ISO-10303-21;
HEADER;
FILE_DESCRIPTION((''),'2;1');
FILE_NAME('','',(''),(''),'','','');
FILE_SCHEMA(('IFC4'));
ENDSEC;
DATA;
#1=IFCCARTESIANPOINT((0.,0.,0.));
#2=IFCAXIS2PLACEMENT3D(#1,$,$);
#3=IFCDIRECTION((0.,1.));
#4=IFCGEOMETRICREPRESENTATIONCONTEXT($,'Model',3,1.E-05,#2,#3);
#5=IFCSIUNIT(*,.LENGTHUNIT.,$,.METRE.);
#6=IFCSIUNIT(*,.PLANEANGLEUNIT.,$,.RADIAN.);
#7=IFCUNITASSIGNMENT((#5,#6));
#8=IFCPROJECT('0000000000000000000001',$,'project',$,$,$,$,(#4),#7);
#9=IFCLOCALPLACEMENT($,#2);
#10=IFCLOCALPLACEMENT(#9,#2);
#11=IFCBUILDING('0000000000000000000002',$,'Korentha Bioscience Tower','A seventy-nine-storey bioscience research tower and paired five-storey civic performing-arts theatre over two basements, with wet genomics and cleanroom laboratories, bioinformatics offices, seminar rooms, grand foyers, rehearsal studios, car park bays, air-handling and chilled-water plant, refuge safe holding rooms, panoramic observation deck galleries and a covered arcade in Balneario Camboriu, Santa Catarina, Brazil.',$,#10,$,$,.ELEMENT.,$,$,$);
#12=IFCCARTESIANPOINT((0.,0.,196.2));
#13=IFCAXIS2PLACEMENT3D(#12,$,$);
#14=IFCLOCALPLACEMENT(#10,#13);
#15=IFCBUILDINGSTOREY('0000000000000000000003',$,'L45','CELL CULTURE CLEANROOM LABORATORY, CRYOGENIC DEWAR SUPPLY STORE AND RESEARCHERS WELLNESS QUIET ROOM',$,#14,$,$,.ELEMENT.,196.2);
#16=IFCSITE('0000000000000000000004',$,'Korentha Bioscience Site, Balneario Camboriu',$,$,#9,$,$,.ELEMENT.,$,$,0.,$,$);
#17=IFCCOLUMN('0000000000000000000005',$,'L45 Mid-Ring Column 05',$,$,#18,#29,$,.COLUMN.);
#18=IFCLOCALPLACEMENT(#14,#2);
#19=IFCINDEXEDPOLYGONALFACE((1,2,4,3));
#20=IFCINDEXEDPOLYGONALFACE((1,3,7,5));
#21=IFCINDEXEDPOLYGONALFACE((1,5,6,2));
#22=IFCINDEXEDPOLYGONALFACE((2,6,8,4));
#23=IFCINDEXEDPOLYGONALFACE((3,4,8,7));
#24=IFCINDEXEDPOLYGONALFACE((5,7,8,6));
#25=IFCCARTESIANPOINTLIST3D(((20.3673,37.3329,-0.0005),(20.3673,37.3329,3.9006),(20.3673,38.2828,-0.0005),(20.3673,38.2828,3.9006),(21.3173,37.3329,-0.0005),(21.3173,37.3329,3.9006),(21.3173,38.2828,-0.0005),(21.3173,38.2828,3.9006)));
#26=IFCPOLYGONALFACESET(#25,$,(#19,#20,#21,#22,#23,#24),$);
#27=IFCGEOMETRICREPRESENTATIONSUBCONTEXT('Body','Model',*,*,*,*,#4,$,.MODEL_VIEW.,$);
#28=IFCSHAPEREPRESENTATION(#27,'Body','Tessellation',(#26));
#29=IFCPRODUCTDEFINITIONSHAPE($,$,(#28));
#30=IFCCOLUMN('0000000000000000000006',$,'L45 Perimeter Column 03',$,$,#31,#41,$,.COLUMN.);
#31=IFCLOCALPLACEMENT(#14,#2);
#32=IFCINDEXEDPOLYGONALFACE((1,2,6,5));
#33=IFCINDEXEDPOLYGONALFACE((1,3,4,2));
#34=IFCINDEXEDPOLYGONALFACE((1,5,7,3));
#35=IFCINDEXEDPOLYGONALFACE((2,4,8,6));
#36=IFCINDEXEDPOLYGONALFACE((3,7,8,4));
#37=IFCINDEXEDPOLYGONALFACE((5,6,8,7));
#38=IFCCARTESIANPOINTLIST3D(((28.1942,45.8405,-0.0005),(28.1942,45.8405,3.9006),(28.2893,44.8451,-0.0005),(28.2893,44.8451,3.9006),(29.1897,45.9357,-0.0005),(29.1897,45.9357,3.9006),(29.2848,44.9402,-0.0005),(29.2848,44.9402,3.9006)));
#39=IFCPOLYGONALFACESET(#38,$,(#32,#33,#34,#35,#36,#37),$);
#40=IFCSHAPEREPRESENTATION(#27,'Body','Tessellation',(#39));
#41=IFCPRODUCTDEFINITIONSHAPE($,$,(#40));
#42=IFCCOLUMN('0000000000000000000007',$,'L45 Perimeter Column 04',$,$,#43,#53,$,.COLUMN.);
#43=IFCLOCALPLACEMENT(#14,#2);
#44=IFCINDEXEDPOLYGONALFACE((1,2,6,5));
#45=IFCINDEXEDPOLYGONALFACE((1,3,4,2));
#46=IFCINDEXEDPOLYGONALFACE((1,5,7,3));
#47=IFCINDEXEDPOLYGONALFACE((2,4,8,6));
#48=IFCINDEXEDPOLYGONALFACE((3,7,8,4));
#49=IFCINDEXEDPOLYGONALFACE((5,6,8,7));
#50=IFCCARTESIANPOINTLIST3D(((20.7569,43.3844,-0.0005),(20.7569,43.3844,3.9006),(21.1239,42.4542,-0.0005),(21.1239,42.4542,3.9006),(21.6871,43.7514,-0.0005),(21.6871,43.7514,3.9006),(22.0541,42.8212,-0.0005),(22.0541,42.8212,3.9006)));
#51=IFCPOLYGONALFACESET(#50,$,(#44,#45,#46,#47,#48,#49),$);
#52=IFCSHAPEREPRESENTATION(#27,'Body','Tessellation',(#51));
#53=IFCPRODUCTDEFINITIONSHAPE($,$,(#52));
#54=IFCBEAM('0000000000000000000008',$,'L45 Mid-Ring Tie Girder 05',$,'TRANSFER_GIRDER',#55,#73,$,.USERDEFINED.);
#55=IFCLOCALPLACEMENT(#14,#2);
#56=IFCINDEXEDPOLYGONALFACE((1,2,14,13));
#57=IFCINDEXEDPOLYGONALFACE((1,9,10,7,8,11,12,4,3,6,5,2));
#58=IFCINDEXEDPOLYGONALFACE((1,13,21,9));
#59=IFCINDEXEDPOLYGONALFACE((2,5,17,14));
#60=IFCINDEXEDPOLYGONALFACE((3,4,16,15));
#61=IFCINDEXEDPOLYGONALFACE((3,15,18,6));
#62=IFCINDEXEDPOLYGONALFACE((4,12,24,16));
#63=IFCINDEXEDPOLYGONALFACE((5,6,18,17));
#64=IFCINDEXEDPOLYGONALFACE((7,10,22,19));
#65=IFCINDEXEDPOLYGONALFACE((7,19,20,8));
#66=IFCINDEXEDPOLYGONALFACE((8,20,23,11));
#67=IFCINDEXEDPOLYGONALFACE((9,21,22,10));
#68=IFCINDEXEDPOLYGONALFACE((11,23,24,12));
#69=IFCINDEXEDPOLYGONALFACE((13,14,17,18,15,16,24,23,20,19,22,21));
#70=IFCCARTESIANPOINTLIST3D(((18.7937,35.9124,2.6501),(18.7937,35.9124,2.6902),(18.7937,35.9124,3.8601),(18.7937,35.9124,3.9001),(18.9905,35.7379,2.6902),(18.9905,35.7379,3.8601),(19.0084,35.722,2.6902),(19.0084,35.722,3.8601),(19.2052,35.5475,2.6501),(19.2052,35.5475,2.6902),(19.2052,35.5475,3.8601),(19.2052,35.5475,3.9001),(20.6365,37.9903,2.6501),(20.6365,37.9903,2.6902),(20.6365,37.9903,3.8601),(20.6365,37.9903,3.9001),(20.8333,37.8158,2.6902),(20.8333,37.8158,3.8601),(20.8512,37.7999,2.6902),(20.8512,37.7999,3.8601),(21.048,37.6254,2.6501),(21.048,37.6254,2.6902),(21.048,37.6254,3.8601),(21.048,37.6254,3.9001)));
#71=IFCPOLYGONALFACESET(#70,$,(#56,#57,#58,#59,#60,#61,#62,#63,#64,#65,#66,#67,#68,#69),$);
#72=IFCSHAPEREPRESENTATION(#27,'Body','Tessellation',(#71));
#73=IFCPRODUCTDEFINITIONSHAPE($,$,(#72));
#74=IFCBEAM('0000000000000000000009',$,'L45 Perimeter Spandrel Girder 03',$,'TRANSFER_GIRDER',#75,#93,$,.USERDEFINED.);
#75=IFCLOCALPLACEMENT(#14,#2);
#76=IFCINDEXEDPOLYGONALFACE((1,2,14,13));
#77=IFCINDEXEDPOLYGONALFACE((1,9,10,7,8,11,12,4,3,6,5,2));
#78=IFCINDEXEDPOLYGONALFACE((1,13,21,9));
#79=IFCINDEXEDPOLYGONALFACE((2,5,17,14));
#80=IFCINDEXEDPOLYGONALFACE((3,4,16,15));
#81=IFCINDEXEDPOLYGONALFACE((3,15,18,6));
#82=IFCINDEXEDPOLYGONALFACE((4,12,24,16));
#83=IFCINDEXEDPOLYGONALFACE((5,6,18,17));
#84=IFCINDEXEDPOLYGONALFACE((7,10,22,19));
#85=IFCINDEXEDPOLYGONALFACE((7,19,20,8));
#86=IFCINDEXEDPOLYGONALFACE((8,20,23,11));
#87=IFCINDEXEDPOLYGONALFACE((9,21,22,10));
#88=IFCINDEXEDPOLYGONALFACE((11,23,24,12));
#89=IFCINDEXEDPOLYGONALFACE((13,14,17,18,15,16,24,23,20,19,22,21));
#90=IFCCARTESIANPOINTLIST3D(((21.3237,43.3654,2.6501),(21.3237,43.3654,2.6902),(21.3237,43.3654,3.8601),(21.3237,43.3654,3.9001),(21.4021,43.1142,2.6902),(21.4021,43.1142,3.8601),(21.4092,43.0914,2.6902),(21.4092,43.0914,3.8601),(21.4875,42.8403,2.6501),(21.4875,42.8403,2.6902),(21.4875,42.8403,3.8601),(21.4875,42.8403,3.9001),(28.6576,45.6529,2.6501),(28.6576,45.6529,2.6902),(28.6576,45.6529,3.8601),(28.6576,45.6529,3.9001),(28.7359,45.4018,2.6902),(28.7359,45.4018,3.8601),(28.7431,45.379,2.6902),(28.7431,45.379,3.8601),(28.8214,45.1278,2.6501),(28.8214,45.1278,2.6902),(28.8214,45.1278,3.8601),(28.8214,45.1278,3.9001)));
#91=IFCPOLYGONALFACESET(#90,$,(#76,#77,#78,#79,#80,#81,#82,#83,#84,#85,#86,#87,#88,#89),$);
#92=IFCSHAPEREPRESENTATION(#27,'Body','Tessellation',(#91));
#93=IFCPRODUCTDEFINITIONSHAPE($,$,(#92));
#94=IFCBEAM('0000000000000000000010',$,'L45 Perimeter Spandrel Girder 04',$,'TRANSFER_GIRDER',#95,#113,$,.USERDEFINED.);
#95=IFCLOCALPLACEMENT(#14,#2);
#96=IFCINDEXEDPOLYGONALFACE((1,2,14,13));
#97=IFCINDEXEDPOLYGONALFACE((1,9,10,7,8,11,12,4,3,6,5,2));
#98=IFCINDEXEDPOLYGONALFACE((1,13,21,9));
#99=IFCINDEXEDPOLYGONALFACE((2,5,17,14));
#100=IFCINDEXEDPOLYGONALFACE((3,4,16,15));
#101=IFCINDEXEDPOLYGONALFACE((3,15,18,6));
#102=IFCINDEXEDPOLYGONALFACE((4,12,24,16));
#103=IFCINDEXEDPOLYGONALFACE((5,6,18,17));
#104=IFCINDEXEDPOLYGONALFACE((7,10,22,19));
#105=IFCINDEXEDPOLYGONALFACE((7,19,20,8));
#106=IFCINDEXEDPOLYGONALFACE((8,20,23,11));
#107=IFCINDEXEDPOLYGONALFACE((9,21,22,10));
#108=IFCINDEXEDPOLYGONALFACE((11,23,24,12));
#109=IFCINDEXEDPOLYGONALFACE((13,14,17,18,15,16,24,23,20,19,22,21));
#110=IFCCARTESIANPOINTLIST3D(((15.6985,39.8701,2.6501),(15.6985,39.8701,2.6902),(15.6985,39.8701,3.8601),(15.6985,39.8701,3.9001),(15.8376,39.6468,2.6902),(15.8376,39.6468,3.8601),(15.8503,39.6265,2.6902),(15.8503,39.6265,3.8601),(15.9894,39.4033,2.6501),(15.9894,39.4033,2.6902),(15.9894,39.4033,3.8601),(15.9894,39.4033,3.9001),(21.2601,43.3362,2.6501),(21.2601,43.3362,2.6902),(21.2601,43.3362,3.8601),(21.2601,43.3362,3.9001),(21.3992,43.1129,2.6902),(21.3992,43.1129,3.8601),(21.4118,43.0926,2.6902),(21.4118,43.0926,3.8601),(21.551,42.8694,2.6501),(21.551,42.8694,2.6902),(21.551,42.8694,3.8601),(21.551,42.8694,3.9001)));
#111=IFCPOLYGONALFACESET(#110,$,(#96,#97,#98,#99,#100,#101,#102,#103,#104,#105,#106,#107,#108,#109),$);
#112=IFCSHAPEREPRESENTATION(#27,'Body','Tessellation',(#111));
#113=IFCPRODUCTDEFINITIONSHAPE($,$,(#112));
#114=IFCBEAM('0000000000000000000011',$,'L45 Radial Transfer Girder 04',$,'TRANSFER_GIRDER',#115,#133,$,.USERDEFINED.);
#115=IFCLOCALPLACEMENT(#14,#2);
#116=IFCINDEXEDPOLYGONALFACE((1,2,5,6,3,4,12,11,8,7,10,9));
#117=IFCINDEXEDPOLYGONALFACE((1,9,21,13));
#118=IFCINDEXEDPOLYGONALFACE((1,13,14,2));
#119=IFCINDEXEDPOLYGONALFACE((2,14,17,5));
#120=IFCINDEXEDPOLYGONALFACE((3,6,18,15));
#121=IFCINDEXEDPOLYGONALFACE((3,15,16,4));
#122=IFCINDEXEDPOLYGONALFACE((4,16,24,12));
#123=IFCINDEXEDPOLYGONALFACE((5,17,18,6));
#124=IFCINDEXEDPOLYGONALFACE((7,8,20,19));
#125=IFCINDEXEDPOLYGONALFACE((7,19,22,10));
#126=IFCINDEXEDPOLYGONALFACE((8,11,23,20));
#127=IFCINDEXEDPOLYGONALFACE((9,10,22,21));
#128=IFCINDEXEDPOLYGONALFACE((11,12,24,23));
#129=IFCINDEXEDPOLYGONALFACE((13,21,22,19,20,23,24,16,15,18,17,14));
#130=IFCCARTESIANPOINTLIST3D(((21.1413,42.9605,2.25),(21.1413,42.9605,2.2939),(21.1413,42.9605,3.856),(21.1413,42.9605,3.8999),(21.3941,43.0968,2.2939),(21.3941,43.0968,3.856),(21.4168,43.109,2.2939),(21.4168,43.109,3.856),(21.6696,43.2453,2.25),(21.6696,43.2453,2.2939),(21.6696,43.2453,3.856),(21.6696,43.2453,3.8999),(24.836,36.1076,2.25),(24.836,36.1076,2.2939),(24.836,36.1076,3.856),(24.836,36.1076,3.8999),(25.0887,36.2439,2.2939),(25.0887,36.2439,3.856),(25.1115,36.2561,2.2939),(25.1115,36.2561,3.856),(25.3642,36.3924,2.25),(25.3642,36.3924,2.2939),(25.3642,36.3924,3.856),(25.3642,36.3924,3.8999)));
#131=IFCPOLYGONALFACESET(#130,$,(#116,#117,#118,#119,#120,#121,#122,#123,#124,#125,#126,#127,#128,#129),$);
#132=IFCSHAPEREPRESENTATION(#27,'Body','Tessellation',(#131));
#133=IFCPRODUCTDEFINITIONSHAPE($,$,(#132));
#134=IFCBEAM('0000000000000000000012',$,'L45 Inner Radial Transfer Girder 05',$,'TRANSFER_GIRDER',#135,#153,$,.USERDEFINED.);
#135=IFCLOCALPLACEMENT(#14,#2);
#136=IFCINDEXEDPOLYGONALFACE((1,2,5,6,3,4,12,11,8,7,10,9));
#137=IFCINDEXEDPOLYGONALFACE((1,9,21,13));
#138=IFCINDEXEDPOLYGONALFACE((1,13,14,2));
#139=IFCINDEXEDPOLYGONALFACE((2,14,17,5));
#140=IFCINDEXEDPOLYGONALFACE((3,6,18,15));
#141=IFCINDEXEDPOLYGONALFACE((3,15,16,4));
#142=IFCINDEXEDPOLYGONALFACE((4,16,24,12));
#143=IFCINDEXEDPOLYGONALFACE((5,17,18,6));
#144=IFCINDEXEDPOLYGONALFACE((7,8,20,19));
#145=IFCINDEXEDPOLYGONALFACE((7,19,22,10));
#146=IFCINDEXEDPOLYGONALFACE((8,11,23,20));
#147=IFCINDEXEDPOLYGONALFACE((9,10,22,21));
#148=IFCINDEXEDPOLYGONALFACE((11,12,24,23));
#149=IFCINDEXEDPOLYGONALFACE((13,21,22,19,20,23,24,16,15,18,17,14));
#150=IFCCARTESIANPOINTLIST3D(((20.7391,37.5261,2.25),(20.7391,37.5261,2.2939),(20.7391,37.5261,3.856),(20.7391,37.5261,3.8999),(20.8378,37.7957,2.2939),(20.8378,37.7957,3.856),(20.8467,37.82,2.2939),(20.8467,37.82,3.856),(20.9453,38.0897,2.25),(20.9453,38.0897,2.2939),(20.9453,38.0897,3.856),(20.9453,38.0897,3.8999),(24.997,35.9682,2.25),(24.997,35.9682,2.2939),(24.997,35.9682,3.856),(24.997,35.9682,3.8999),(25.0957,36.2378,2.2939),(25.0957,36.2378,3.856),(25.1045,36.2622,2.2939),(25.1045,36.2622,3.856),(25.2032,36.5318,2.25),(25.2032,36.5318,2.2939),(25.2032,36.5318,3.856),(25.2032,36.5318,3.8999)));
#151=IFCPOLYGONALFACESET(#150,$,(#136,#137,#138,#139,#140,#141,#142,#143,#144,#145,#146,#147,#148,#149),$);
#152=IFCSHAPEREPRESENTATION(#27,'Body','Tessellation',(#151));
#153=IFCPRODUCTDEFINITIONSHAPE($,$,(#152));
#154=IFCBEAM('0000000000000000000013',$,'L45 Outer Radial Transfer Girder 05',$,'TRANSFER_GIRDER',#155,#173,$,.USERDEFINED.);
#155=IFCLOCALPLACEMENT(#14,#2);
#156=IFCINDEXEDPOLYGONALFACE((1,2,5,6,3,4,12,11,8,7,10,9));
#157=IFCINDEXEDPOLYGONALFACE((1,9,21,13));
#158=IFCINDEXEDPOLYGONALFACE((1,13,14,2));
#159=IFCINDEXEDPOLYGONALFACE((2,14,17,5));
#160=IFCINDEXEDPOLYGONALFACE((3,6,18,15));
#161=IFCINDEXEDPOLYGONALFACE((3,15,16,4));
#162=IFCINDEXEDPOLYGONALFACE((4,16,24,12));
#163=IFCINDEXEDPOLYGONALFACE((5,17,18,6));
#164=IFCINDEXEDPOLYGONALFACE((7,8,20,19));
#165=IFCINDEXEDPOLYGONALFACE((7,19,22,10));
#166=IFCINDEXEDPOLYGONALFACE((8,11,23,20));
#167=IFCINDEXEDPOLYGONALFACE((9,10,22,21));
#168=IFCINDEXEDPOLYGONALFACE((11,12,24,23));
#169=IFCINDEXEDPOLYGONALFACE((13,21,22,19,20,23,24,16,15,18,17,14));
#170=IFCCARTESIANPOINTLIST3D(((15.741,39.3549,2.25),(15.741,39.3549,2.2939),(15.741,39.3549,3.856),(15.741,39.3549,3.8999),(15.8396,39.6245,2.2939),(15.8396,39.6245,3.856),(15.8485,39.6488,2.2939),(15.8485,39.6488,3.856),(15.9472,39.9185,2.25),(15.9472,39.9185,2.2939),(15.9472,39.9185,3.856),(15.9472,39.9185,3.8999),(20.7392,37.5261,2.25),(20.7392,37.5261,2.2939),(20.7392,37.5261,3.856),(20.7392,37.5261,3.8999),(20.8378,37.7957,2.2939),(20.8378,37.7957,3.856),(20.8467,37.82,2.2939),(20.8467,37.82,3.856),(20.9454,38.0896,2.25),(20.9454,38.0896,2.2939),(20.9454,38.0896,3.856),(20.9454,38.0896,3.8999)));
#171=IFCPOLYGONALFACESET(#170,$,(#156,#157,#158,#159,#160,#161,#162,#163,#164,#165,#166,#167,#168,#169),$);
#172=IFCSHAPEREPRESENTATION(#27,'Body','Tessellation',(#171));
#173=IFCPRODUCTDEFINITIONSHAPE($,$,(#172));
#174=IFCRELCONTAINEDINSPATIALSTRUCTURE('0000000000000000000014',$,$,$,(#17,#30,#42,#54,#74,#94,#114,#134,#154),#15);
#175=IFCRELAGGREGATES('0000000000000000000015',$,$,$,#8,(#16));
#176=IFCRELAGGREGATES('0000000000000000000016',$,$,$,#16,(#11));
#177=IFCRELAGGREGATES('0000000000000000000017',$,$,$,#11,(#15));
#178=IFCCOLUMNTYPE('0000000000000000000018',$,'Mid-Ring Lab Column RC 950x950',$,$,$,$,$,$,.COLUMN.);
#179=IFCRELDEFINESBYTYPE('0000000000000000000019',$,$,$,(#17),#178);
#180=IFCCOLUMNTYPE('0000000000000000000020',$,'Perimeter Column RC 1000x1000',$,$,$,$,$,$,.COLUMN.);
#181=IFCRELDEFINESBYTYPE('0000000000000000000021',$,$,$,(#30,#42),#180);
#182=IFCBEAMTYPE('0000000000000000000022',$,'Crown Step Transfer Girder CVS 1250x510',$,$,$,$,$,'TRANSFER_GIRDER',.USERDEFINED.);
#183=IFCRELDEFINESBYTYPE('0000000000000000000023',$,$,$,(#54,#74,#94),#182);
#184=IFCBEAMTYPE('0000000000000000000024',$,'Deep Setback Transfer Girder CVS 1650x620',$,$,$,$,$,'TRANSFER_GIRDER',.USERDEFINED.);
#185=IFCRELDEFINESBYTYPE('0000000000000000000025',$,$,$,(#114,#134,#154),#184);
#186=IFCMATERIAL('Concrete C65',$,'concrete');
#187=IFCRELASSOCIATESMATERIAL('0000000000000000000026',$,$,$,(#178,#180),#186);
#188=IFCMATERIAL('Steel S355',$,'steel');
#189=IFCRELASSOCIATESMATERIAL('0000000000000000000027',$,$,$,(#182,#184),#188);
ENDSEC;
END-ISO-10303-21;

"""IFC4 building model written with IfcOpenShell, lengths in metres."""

from ifc_helpers import new_model, si_unit, direction, frame, origin, origin_2d, place, context, subcontext, project, spatial, rectangle, i_section, extrude, material, material_profile, profile_set, type_object, element, save


model = new_model("IFC4")

# Units and contexts
model_context = context("Model", 3, precision=1e-05, world=origin(), true_north=direction((0.0, 1.0)))
body_context = subcontext(model_context, "Body", "Model", "MODEL_VIEW")
ifc_project = project(units=[si_unit("LENGTHUNIT", "METRE"), si_unit("PLANEANGLEUNIT", "RADIAN")], contexts=[model_context])

# Site, building, storey
site_placement = place(None, origin())
site = spatial("IfcSite", under=ifc_project, at=site_placement, Name="Korentha Bioscience Site, Balneario Camboriu", CompositionType="ELEMENT", RefElevation=0.0)
building_placement = place(site_placement, origin())
building = spatial("IfcBuilding", under=site, at=building_placement, Name="Korentha Bioscience Tower", Description="A seventy-nine-storey bioscience research tower and paired five-storey civic performing-arts theatre over two basements, with wet genomics and cleanroom laboratories, bioinformatics offices, seminar rooms, grand foyers, rehearsal studios, car park bays, air-handling and chilled-water plant, refuge safe holding rooms, panoramic observation deck galleries and a covered arcade in Balneario Camboriu, Santa Catarina, Brazil.", CompositionType="ELEMENT")
storey_placement = place(building_placement, frame((0.0, 0.0, 196.2)))
storey = spatial("IfcBuildingStorey", under=building, at=storey_placement, Name="L45", Description="CELL CULTURE CLEANROOM LABORATORY, CRYOGENIC DEWAR SUPPLY STORE AND RESEARCHERS WELLNESS QUIET ROOM", CompositionType="ELEMENT", Elevation=196.2)

# Columns
ifc_material_1 = material(Name="Concrete C65", Category="concrete")
ifc_material_profile_1 = material_profile(ifc_material_1, rectangle(XDim=0.95, YDim=0.95, at=origin_2d()), Name="Concrete C65")
ifc_profile_set_1 = profile_set([ifc_material_profile_1], Name="Concrete C65 (COL-MR09)")
column_type_1 = type_object("IfcColumnType", Name="Mid-Ring Lab Column RC 950x950", PredefinedType="COLUMN", material=ifc_profile_set_1)
column_placement = place(storey_placement, frame((20.8423, 37.8079, -0.0005), z_axis=(0.0, 0.0, 1.0), x_axis=(1.0, 0.0, 0.0)))
element("IfcColumn", 1, at=column_placement, inside=storey, type_object=column_type_1, Name="L45 Mid-Ring Column 05", PredefinedType="COLUMN", context=body_context, shape_type="SweptSolid", body=[
    extrude(rectangle(XDim=0.95, YDim=0.95, at=origin_2d()), origin(), (0.0, 0.0, 1.0), 3.9011),
])
ifc_material_profile_2 = material_profile(ifc_material_1, rectangle(XDim=1.0, YDim=1.0, at=origin_2d()), Name="Concrete C65")
ifc_profile_set_2 = profile_set([ifc_material_profile_2], Name="Concrete C65 (COL-P10)")
column_type_2 = type_object("IfcColumnType", Name="Perimeter Column RC 1000x1000", PredefinedType="COLUMN", material=ifc_profile_set_2)
for number, where, z_axis, x_axis, name in (
    (2, (28.7395, 45.3904, -0.0005), (0.0, 0.0, 1.0), (0.995463, 0.095151, 0.0), "L45 Perimeter Column 03"),
    (3, (21.4055, 43.1028, -0.0005), (0.0, 0.0, 1.0), (0.930226, 0.366988, 0.0), "L45 Perimeter Column 04"),
):
    element("IfcColumn", number, at=place(storey_placement, frame(where, z_axis=z_axis, x_axis=x_axis)), inside=storey, type_object=column_type_2, Name=name, PredefinedType="COLUMN", context=body_context, shape_type="SweptSolid", body=[
        extrude(rectangle(XDim=1.0, YDim=1.0, at=origin_2d()), origin(), (0.0, 0.0, 1.0), 3.9011),
    ])

# Beams
ifc_material_2 = material(Name="Steel S355", Category="steel")
ifc_material_profile_3 = material_profile(ifc_material_2, i_section(OverallWidth=0.55, OverallDepth=1.25, WebThickness=0.0239, FlangeThickness=0.04, at=origin_2d()), Name="Steel S355")
ifc_profile_set_3 = profile_set([ifc_material_profile_3], Name="Steel S355 (TG-03)")
beam_type_1 = type_object("IfcBeamType", Name="Crown Step Transfer Girder CVS 1250x510", ElementType="TRANSFER_GIRDER", PredefinedType="USERDEFINED", material=ifc_profile_set_3)
beam_1_placement = place(storey_placement, frame((20.8423, 37.8079, 3.2751), z_axis=(-0.663512, -0.748165, 0.0), x_axis=(0.748165, -0.663512, 0.0)))
element("IfcBeam", 4, at=beam_1_placement, inside=storey, type_object=beam_type_1, Name="L45 Mid-Ring Tie Girder 05", ObjectType="TRANSFER_GIRDER", PredefinedType="USERDEFINED", context=body_context, shape_type="SweptSolid", body=[
    extrude(i_section(OverallWidth=0.55, OverallDepth=1.25, WebThickness=0.0239, FlangeThickness=0.04, at=origin_2d()), origin(), (0.0, 0.0, 1.0), 2.7773),
])
beam_2_placement = place(storey_placement, frame((28.7395, 45.3904, 3.2751), z_axis=(-0.954638, -0.297768, 0.0), x_axis=(0.297768, -0.954638, 0.0)))
element("IfcBeam", 5, at=beam_2_placement, inside=storey, type_object=beam_type_1, Name="L45 Perimeter Spandrel Girder 03", ObjectType="TRANSFER_GIRDER", PredefinedType="USERDEFINED", context=body_context, shape_type="SweptSolid", body=[
    extrude(i_section(OverallWidth=0.55, OverallDepth=1.25, WebThickness=0.0239, FlangeThickness=0.04, at=origin_2d()), origin(), (0.0, 0.0, 1.0), 7.6824),
])
beam_3_placement = place(storey_placement, frame((21.4055, 43.1028, 3.2751), z_axis=(-0.848676, -0.528913, 0.0), x_axis=(0.528913, -0.848676, 0.0)))
element("IfcBeam", 6, at=beam_3_placement, inside=storey, type_object=beam_type_1, Name="L45 Perimeter Spandrel Girder 04", ObjectType="TRANSFER_GIRDER", PredefinedType="USERDEFINED", context=body_context, shape_type="SweptSolid", body=[
    extrude(i_section(OverallWidth=0.55, OverallDepth=1.25, WebThickness=0.0239, FlangeThickness=0.04, at=origin_2d()), origin(), (0.0, 0.0, 1.0), 6.5532),
])
ifc_material_profile_4 = material_profile(ifc_material_2, i_section(OverallWidth=0.6001, OverallDepth=1.6499, WebThickness=0.0259, FlangeThickness=0.0439, at=origin_2d()), Name="Steel S355")
ifc_profile_set_4 = profile_set([ifc_material_profile_4], Name="Steel S355 (TG-04)")
beam_type_2 = type_object("IfcBeamType", Name="Deep Setback Transfer Girder CVS 1650x620", ElementType="TRANSFER_GIRDER", PredefinedType="USERDEFINED", material=ifc_profile_set_4)
beam_4_placement = place(storey_placement, frame((25.1001, 36.25, 3.075), z_axis=(-0.47456, 0.880223, 0.0), x_axis=(-0.880223, -0.47456, 0.0)))
element("IfcBeam", 7, at=beam_4_placement, inside=storey, type_object=beam_type_2, Name="L45 Radial Transfer Girder 04", ObjectType="TRANSFER_GIRDER", PredefinedType="USERDEFINED", context=body_context, shape_type="SweptSolid", body=[
    extrude(i_section(OverallWidth=0.6001, OverallDepth=1.6499, WebThickness=0.0259, FlangeThickness=0.0439, at=origin_2d()), origin(), (0.0, 0.0, 1.0), 7.7854),
])
beam_5_placement = place(storey_placement, frame((25.1001, 36.25, 3.075), z_axis=(-0.939114, 0.343606, 0.0), x_axis=(-0.343606, -0.939114, 0.0)))
element("IfcBeam", 8, at=beam_5_placement, inside=storey, type_object=beam_type_2, Name="L45 Inner Radial Transfer Girder 05", ObjectType="TRANSFER_GIRDER", PredefinedType="USERDEFINED", context=body_context, shape_type="SweptSolid", body=[
    extrude(i_section(OverallWidth=0.6001, OverallDepth=1.6499, WebThickness=0.0259, FlangeThickness=0.0439, at=origin_2d()), origin(), (0.0, 0.0, 1.0), 4.5339),
])
beam_6_placement = place(storey_placement, frame((20.8423, 37.8079, 3.075), z_axis=(-0.93911, 0.343617, 0.0), x_axis=(-0.343617, -0.93911, 0.0)))
element("IfcBeam", 9, at=beam_6_placement, inside=storey, type_object=beam_type_2, Name="L45 Outer Radial Transfer Girder 05", ObjectType="TRANSFER_GIRDER", PredefinedType="USERDEFINED", context=body_context, shape_type="SweptSolid", body=[
    extrude(i_section(OverallWidth=0.6001, OverallDepth=1.6499, WebThickness=0.0259, FlangeThickness=0.0439, at=origin_2d()), origin(), (0.0, 0.0, 1.0), 5.3223),
])

save(model, "model.ifc")
